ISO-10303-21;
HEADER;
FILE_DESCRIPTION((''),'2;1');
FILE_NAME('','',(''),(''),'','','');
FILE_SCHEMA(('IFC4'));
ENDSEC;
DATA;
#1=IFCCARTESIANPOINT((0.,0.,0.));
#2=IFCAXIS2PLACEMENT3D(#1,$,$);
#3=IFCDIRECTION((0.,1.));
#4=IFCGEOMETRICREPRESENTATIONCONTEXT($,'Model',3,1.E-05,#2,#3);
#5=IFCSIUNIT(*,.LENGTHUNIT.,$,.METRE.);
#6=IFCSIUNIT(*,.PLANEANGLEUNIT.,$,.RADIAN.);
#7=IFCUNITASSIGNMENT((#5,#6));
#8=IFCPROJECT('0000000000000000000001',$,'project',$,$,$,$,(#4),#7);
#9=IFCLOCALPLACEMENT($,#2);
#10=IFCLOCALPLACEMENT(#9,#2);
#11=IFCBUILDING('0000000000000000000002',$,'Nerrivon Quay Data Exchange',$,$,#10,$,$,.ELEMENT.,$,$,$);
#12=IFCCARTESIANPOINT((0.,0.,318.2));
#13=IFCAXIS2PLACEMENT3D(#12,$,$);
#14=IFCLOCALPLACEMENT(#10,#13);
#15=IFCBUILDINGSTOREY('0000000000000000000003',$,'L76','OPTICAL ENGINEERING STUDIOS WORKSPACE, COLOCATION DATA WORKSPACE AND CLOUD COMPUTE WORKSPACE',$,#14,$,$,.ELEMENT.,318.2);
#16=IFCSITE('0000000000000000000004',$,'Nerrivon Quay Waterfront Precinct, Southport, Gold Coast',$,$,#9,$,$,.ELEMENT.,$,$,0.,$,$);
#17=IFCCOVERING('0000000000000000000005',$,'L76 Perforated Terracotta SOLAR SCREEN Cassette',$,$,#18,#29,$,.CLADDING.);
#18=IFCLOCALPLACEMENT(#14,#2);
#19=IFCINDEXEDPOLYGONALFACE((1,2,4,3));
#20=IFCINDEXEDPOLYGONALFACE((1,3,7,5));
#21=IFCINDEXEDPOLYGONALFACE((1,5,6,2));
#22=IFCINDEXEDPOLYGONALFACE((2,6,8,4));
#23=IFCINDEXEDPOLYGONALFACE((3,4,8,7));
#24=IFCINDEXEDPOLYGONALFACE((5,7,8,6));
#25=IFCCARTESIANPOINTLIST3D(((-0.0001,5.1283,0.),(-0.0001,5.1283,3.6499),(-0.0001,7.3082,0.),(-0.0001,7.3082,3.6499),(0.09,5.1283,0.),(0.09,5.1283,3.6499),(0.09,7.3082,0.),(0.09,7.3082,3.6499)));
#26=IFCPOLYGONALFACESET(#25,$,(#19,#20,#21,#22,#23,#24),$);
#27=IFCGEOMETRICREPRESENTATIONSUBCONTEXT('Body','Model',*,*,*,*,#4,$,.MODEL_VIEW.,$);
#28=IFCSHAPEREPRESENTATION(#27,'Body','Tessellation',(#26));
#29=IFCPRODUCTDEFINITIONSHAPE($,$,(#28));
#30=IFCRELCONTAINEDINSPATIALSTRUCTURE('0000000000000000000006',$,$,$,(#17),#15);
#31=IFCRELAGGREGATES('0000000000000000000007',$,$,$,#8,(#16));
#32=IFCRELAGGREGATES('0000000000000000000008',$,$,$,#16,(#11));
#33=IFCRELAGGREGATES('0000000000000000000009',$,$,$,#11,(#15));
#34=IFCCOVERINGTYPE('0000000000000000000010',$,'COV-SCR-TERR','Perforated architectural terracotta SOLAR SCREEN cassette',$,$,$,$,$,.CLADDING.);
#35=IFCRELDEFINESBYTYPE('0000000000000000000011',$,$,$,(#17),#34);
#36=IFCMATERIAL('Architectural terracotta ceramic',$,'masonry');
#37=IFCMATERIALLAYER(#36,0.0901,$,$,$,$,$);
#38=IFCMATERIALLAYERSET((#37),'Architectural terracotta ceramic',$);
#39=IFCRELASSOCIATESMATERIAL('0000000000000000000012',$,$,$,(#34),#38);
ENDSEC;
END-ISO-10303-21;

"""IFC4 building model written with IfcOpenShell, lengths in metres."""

from ifc_helpers import new_model, si_unit, direction, frame, origin, origin_2d, place, context, subcontext, project, spatial, rectangle, extrude, material, layer, layer_set, type_object, element, save


model = new_model("IFC4")

# Units and contexts
model_context = context("Model", 3, precision=1e-05, world=origin(), true_north=direction((0.0, 1.0)))
body_context = subcontext(model_context, "Body", "Model", "MODEL_VIEW")
ifc_project = project(units=[si_unit("LENGTHUNIT", "METRE"), si_unit("PLANEANGLEUNIT", "RADIAN")], contexts=[model_context])

# Site, building, storey
site_placement = place(None, origin())
site = spatial("IfcSite", under=ifc_project, at=site_placement, Name="Nerrivon Quay Waterfront Precinct, Southport, Gold Coast", CompositionType="ELEMENT", RefElevation=0.0)
building_placement = place(site_placement, origin())
building = spatial("IfcBuilding", under=site, at=building_placement, Name="Nerrivon Quay Data Exchange", CompositionType="ELEMENT")
storey_placement = place(building_placement, frame((0.0, 0.0, 318.2)))
storey = spatial("IfcBuildingStorey", under=building, at=storey_placement, Name="L76", Description="OPTICAL ENGINEERING STUDIOS WORKSPACE, COLOCATION DATA WORKSPACE AND CLOUD COMPUTE WORKSPACE", CompositionType="ELEMENT", Elevation=318.2)

# Covering
ifc_material_1 = material(Name="Architectural terracotta ceramic", Category="masonry")
ifc_layer_1 = layer(ifc_material_1, 0.0901)
ifc_layer_set_1 = layer_set([ifc_layer_1], Name="Architectural terracotta ceramic")
covering_type = type_object("IfcCoveringType", Name="COV-SCR-TERR", Description="Perforated architectural terracotta SOLAR SCREEN cassette", PredefinedType="CLADDING", material=ifc_layer_set_1)
covering_placement = place(storey_placement, frame((0.0449, 6.2183, 0.0), z_axis=(0.0, 0.0, 1.0), x_axis=(0.0, 1.0, 0.0)))
element("IfcCovering", 1, at=covering_placement, inside=storey, type_object=covering_type, Name="L76 Perforated Terracotta SOLAR SCREEN Cassette", PredefinedType="CLADDING", context=body_context, shape_type="SweptSolid", body=[
    extrude(rectangle(XDim=2.1799, YDim=0.0901, at=origin_2d()), origin(), (0.0, 0.0, 1.0), 3.6499),
])

save(model, "model.ifc")
